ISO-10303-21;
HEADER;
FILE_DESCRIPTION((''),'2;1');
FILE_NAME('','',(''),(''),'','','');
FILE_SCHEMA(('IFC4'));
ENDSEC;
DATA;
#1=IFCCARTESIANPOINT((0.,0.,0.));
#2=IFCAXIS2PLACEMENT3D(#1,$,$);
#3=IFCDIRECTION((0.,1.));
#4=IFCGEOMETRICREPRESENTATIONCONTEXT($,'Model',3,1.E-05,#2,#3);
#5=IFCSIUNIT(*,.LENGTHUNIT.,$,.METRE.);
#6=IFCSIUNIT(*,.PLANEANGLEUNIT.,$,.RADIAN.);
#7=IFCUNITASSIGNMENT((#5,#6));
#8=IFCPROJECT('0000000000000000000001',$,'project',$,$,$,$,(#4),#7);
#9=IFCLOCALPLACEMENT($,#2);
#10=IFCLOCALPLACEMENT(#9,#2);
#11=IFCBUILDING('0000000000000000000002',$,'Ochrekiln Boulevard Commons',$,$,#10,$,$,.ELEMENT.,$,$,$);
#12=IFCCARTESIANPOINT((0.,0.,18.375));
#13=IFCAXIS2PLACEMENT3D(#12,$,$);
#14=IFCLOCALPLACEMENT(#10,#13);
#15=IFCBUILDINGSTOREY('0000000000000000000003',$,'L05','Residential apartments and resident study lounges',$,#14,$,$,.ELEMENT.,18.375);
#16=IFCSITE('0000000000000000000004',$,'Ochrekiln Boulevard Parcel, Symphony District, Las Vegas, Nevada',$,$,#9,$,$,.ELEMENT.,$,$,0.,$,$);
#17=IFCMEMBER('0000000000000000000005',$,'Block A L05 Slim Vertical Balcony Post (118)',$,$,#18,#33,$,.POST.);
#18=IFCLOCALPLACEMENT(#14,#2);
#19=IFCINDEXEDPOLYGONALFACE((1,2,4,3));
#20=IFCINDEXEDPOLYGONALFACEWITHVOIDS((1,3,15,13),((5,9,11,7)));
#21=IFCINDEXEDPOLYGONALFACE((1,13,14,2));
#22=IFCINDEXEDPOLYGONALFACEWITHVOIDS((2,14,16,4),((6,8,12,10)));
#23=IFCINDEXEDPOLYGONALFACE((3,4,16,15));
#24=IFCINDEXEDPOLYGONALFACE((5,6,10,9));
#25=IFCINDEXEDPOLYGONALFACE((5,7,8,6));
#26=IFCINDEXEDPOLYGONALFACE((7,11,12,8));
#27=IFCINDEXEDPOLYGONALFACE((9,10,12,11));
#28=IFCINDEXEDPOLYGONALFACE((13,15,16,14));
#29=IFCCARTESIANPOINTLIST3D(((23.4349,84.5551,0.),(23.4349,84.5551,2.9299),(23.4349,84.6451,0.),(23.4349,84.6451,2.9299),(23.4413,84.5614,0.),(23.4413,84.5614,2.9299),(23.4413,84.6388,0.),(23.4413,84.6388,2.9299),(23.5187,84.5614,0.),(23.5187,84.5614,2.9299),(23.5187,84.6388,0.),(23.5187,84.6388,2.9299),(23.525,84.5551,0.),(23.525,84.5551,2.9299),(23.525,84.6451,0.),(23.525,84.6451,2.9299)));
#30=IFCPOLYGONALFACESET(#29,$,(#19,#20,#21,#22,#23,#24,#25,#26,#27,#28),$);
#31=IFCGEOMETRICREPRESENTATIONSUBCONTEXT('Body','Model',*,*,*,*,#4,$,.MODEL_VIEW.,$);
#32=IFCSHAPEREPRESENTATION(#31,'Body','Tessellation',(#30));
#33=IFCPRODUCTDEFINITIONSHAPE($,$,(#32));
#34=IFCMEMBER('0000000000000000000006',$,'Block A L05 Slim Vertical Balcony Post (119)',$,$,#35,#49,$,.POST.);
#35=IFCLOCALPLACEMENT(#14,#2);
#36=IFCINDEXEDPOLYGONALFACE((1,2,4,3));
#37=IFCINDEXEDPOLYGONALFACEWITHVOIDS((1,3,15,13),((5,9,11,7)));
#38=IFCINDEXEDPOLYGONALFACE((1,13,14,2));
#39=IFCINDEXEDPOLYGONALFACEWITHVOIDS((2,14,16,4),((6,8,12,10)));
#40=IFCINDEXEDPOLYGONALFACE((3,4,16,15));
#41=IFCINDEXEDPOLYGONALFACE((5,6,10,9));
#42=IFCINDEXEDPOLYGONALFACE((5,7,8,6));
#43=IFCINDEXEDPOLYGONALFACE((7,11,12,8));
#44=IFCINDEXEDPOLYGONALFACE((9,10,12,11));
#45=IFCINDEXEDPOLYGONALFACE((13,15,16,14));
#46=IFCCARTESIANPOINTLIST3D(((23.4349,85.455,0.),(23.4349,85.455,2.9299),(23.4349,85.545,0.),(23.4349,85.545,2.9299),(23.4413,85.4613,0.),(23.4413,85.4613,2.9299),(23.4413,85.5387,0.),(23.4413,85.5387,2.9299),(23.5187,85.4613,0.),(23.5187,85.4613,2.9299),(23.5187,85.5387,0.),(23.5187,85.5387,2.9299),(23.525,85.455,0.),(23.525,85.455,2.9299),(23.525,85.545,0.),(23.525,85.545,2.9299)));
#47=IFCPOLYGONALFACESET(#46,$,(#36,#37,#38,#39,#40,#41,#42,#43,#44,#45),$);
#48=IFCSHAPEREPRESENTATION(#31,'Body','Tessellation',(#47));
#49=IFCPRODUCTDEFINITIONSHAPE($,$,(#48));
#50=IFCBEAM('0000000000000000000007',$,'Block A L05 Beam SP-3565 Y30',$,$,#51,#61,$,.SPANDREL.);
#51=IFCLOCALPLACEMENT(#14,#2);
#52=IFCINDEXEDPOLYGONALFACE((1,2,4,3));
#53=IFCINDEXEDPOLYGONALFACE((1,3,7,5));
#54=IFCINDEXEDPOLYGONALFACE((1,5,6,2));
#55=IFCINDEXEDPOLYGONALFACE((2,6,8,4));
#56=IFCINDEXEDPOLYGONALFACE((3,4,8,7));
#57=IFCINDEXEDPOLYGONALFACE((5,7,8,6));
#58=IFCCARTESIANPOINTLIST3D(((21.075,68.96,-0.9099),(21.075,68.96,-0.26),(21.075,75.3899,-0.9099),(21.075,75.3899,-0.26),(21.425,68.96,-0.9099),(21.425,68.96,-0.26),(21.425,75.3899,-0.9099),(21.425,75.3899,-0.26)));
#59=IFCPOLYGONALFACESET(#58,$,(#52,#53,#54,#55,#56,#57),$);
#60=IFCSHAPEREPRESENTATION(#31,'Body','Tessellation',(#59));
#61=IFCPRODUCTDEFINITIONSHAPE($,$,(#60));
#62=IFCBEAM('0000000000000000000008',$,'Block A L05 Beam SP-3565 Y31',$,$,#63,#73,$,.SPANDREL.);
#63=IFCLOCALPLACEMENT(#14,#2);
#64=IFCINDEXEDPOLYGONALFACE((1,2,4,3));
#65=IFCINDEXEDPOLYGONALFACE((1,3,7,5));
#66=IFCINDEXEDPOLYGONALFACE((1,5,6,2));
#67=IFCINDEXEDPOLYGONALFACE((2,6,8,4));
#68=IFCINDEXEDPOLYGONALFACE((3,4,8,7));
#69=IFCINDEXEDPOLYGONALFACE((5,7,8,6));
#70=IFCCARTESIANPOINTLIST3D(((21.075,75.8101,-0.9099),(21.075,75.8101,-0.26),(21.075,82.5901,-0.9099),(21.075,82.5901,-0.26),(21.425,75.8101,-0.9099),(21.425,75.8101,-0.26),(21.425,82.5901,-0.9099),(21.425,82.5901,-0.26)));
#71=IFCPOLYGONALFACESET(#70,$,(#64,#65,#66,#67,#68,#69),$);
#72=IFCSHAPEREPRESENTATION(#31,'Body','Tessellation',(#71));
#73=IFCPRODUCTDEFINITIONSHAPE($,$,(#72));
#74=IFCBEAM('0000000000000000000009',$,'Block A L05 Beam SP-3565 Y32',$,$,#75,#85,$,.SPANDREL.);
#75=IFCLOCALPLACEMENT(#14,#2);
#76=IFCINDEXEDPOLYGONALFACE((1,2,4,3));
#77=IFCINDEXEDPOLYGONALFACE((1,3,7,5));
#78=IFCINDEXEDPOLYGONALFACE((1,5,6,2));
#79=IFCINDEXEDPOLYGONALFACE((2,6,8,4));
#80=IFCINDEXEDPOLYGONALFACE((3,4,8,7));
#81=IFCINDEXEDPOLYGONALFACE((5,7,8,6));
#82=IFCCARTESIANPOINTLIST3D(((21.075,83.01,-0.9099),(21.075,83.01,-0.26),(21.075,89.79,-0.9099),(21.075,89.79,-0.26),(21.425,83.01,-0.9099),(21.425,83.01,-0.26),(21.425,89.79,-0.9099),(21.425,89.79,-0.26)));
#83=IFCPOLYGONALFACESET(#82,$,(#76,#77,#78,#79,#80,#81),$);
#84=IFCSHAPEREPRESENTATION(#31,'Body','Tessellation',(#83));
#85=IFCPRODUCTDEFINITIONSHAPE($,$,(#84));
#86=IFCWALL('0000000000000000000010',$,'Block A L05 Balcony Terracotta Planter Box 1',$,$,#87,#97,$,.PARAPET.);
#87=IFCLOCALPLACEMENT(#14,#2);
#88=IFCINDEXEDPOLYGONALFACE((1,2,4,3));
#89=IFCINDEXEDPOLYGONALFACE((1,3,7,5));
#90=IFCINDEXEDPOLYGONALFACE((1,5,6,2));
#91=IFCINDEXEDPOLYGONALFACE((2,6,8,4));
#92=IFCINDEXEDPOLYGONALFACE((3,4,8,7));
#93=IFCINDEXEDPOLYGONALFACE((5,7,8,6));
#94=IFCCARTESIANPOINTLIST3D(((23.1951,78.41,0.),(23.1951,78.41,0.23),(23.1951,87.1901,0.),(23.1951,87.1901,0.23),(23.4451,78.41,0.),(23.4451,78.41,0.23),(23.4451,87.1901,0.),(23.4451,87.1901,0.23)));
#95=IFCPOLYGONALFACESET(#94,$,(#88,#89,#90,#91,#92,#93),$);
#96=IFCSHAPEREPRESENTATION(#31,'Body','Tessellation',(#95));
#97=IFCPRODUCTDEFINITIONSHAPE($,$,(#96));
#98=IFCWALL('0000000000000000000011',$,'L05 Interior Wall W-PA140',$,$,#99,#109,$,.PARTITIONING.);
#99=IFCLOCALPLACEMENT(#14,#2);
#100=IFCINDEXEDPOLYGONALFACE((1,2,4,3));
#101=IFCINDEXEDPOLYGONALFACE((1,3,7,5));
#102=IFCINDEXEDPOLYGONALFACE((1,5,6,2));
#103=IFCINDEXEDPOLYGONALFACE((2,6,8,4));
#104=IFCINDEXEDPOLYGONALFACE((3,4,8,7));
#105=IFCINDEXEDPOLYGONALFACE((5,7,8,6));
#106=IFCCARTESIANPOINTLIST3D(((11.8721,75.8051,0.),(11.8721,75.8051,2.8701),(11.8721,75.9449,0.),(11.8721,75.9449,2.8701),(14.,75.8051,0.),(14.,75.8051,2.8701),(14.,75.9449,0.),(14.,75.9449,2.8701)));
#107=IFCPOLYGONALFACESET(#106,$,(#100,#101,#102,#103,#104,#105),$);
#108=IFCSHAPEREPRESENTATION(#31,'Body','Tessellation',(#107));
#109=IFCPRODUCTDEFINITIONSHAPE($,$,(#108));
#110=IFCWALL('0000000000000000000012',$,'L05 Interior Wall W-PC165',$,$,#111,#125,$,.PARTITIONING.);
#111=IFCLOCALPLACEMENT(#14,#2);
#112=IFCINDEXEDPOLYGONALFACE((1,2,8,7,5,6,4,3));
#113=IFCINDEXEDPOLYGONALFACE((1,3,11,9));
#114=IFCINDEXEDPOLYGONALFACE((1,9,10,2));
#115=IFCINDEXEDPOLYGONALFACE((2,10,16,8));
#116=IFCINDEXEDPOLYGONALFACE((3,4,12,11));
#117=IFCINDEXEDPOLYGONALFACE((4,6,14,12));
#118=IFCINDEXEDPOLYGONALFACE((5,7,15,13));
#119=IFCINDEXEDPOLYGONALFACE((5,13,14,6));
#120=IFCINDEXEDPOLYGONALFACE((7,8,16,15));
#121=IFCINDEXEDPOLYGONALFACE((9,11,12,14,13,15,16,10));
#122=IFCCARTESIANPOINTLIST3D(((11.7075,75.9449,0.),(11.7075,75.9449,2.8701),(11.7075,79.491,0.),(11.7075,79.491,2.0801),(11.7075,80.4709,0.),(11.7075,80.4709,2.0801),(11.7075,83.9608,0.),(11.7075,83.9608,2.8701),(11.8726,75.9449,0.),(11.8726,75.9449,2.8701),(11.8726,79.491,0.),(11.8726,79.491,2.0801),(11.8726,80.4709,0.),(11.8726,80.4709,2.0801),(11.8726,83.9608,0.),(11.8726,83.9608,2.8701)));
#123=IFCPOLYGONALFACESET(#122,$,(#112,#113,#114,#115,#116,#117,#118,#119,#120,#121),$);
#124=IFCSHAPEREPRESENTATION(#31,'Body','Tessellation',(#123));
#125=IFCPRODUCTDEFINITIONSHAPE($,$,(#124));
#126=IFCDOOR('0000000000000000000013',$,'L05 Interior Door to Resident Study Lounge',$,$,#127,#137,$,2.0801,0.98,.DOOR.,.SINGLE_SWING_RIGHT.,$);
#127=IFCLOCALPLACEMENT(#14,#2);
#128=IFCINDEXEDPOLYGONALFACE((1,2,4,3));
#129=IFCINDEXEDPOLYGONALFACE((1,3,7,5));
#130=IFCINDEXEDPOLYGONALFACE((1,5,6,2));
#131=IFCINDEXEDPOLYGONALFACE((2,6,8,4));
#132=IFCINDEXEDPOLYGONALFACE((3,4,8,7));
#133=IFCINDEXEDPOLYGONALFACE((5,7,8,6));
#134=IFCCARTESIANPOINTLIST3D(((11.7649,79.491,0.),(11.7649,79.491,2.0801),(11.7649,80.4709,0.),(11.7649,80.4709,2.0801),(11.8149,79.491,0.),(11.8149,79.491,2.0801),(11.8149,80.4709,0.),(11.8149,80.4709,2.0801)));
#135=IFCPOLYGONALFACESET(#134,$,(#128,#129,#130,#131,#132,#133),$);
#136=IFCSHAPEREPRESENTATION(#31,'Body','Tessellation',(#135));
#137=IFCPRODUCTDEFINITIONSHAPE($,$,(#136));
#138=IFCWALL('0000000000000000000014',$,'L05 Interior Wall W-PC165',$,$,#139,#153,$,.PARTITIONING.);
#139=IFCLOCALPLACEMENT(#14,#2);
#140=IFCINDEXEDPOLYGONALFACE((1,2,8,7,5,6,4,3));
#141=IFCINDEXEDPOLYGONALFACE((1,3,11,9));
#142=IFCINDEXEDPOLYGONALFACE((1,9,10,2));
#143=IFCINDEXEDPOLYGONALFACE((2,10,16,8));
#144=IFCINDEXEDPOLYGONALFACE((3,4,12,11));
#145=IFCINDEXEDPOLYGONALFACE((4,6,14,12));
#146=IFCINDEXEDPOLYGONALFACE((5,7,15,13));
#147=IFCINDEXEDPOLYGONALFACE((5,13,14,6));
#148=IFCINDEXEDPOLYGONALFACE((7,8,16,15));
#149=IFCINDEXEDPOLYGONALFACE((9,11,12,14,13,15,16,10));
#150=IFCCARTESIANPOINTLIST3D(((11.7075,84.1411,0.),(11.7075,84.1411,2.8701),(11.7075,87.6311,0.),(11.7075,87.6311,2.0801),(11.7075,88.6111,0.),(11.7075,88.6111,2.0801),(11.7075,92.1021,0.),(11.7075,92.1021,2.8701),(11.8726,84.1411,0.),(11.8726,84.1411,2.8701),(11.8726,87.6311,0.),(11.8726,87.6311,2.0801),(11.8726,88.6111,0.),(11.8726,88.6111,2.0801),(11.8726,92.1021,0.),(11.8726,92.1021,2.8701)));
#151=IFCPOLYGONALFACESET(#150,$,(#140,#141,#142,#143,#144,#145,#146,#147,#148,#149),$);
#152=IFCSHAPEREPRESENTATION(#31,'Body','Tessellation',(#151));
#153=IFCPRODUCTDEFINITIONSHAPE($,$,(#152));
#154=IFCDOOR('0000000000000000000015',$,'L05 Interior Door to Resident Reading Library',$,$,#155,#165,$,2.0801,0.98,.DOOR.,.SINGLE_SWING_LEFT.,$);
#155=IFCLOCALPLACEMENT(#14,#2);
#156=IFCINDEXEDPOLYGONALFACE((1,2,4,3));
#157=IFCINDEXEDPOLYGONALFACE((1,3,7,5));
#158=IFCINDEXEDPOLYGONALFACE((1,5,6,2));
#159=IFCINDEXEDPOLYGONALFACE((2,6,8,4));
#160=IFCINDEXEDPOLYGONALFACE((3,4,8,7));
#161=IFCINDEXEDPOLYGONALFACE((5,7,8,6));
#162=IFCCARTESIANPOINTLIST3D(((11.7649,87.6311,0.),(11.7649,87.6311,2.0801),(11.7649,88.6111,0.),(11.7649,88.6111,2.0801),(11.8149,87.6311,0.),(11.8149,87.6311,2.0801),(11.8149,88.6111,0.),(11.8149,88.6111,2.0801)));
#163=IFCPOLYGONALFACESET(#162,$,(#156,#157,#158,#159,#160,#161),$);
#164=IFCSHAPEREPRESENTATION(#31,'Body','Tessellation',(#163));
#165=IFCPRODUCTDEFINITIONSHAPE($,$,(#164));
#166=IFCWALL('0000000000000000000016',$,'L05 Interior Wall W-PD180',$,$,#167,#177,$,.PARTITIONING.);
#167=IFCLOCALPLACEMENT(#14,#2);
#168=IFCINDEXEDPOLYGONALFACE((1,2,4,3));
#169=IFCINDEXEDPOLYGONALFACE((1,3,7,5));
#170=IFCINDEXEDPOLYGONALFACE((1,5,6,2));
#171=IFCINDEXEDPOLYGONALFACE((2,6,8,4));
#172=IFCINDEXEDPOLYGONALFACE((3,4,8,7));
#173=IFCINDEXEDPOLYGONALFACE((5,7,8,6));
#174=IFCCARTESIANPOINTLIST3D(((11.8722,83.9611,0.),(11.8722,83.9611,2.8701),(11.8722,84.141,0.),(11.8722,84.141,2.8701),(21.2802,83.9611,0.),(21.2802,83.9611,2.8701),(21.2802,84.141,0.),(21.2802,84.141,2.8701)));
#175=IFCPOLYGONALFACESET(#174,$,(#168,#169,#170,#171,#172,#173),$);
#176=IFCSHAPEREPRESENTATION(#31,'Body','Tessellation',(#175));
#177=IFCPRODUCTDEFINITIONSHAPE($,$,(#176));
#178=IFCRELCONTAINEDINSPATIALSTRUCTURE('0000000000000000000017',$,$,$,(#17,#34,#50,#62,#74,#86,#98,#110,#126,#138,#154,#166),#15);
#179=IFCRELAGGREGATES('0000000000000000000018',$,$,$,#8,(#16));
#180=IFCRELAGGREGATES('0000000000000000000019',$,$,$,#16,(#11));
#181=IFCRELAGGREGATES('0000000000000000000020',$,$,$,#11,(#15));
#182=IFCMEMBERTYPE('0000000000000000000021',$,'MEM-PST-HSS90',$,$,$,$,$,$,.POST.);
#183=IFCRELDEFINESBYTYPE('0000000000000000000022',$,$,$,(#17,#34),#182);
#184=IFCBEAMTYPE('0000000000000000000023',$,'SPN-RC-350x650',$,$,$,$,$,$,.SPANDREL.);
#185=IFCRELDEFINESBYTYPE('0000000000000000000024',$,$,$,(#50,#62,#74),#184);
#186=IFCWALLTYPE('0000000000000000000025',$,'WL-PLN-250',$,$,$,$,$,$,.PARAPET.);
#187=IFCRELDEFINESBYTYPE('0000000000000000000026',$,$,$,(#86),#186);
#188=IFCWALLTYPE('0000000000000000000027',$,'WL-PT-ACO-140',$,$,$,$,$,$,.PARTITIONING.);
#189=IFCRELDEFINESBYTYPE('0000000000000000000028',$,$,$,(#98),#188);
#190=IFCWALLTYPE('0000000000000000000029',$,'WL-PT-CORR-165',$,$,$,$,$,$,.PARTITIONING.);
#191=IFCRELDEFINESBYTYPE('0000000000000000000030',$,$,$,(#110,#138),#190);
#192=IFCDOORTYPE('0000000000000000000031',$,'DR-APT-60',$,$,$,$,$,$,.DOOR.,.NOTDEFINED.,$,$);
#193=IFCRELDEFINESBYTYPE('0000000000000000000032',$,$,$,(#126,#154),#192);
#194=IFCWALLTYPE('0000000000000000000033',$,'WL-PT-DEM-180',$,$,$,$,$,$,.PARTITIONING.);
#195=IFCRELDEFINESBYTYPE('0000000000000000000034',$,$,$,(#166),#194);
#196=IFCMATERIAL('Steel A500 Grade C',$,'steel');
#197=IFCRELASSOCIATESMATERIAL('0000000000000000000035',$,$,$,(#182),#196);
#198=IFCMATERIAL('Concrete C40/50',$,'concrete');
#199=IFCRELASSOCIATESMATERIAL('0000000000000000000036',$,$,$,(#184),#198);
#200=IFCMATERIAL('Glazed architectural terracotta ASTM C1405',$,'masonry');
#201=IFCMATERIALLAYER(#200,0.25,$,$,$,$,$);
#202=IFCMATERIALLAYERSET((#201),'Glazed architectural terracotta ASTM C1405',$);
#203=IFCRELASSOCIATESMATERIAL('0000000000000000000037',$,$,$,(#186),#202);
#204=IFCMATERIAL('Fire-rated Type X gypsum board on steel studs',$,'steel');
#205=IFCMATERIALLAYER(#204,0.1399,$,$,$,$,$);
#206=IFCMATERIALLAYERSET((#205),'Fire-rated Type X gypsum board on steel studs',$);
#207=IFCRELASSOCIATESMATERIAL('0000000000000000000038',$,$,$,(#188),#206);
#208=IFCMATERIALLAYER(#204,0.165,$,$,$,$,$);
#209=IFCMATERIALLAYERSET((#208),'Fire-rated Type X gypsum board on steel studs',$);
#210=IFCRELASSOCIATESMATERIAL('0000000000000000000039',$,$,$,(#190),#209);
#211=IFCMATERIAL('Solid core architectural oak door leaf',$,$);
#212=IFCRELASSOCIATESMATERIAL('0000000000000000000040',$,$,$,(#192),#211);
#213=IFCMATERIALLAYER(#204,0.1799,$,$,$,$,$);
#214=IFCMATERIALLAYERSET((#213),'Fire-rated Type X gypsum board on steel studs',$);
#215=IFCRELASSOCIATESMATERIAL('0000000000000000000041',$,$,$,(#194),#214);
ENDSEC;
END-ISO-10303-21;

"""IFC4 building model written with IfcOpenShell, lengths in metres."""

from ifc_helpers import new_model, si_unit, direction, frame, frame_2d, origin, origin_2d, place, context, subcontext, project, spatial, rectangle, hollow_rectangle, extrude, material, layer, layer_set, material_profile, profile_set, type_object, element, fill, save


model = new_model("IFC4")

# Units and contexts
model_context = context("Model", 3, precision=1e-05, world=origin(), true_north=direction((0.0, 1.0)))
body_context = subcontext(model_context, "Body", "Model", "MODEL_VIEW")
ifc_project = project(units=[si_unit("LENGTHUNIT", "METRE"), si_unit("PLANEANGLEUNIT", "RADIAN")], contexts=[model_context])

# Site, building, storey
site_placement = place(None, origin())
site = spatial("IfcSite", under=ifc_project, at=site_placement, Name="Ochrekiln Boulevard Parcel, Symphony District, Las Vegas, Nevada", CompositionType="ELEMENT", RefElevation=0.0)
building_placement = place(site_placement, origin())
building = spatial("IfcBuilding", under=site, at=building_placement, Name="Ochrekiln Boulevard Commons", CompositionType="ELEMENT")
storey_placement = place(building_placement, frame((0.0, 0.0, 18.375)))
storey = spatial("IfcBuildingStorey", under=building, at=storey_placement, Name="L05", Description="Residential apartments and resident study lounges", CompositionType="ELEMENT", Elevation=18.375)

# Shared definitions
ifc_material_1 = material(Name="Concrete C40/50", Category="concrete")

# Members
ifc_material_2 = material(Name="Steel A500 Grade C", Category="steel")
ifc_material_profile_1 = material_profile(ifc_material_2, hollow_rectangle(XDim=0.0901, YDim=0.0901, WallThickness=0.0063, at=origin_2d()), Name="HSS90X90X6.4")
ifc_profile_set_1 = profile_set([ifc_material_profile_1], Name="Steel A500 Grade C")
member_type = type_object("IfcMemberType", Name="MEM-PST-HSS90", PredefinedType="POST", material=ifc_profile_set_1)
for number, where, z_axis, x_axis, name in (
    (1, (23.48, 84.6001, 0.0), (0.0, 0.0, 1.0), (1.0, 0.0, 0.0), "Block A L05 Slim Vertical Balcony Post (118)"),
    (2, (23.48, 85.5, 0.0), (0.0, 0.0, 1.0), (1.0, 0.0, 0.0), "Block A L05 Slim Vertical Balcony Post (119)"),
):
    element("IfcMember", number, at=place(storey_placement, frame(where, z_axis=z_axis, x_axis=x_axis)), inside=storey, type_object=member_type, Name=name, PredefinedType="POST", context=body_context, shape_type="SweptSolid", body=[
        extrude(hollow_rectangle(XDim=0.0901, YDim=0.0901, WallThickness=0.0063, at=origin_2d()), origin(), (0.0, 0.0, 1.0), 2.9299),
    ])

# Beams
ifc_material_profile_2 = material_profile(ifc_material_1, rectangle(XDim=0.3501, YDim=0.6499, at=origin_2d()), Name="RC-SPN-350x650")
ifc_profile_set_2 = profile_set([ifc_material_profile_2], Name="Concrete C40/50")
beam_type_1 = type_object("IfcBeamType", Name="SPN-RC-350x650", PredefinedType="SPANDREL", material=ifc_profile_set_2)
beam_placement = place(storey_placement, frame((21.25, 68.96, -0.585), z_axis=(0.0, 1.0, 0.0), x_axis=(-1.0, 0.0, 0.0)))
element("IfcBeam", 3, at=beam_placement, inside=storey, type_object=beam_type_1, Name="Block A L05 Beam SP-3565 Y30", PredefinedType="SPANDREL", context=body_context, shape_type="SweptSolid", body=[
    extrude(rectangle(XDim=0.3501, YDim=0.6499, at=origin_2d()), origin(), (0.0, 0.0, 1.0), 6.4299),
])
for number, where, z_axis, x_axis, name in (
    (4, (21.25, 75.8101, -0.585), (0.0, 1.0, 0.0), (-1.0, 0.0, 0.0), "Block A L05 Beam SP-3565 Y31"),
    (5, (21.25, 83.01, -0.585), (0.0, 1.0, 0.0), (-1.0, 0.0, 0.0), "Block A L05 Beam SP-3565 Y32"),
):
    element("IfcBeam", number, at=place(storey_placement, frame(where, z_axis=z_axis, x_axis=x_axis)), inside=storey, type_object=beam_type_1, Name=name, PredefinedType="SPANDREL", context=body_context, shape_type="SweptSolid", body=[
        extrude(rectangle(XDim=0.3501, YDim=0.6499, at=origin_2d()), origin(), (0.0, 0.0, 1.0), 6.78),
    ])

# Walls
ifc_material_3 = material(Name="Glazed architectural terracotta ASTM C1405", Category="masonry")
ifc_layer_1 = layer(ifc_material_3, 0.25)
ifc_layer_set_1 = layer_set([ifc_layer_1], Name="Glazed architectural terracotta ASTM C1405")
wall_type_1 = type_object("IfcWallType", Name="WL-PLN-250", PredefinedType="PARAPET", material=ifc_layer_set_1)
wall_1_placement = place(storey_placement, frame((23.3201, 78.4099, 0.0), z_axis=(0.0, 0.0, 1.0), x_axis=(0.0, 1.0, 0.0)))
element("IfcWall", 6, at=wall_1_placement, inside=storey, type_object=wall_type_1, Name="Block A L05 Balcony Terracotta Planter Box 1", PredefinedType="PARAPET", context=body_context, shape_type="SweptSolid", body=[
    extrude(rectangle(XDim=8.78, YDim=0.25, at=frame_2d((4.3901, 0.0))), origin(), (0.0, 0.0, 1.0), 0.23),
])
ifc_material_4 = material(Name="Fire-rated Type X gypsum board on steel studs", Category="steel")
ifc_layer_2 = layer(ifc_material_4, 0.1399)
ifc_layer_set_2 = layer_set([ifc_layer_2], Name="Fire-rated Type X gypsum board on steel studs")
wall_type_2 = type_object("IfcWallType", Name="WL-PT-ACO-140", PredefinedType="PARTITIONING", material=ifc_layer_set_2)
wall_2_placement = place(storey_placement, frame((11.8721, 75.875, 0.0), z_axis=(0.0, 0.0, 1.0), x_axis=(1.0, 0.0, 0.0)))
element("IfcWall", 7, at=wall_2_placement, inside=storey, type_object=wall_type_2, Name="L05 Interior Wall W-PA140", PredefinedType="PARTITIONING", context=body_context, shape_type="SweptSolid", body=[
    extrude(rectangle(XDim=2.1279, YDim=0.1399, at=frame_2d((1.064, 0.0))), origin(), (0.0, 0.0, 1.0), 2.8701),
])

# Walls, openings, doors
ifc_layer_3 = layer(ifc_material_4, 0.165)
ifc_layer_set_3 = layer_set([ifc_layer_3], Name="Fire-rated Type X gypsum board on steel studs")
wall_type_3 = type_object("IfcWallType", Name="WL-PT-CORR-165", PredefinedType="PARTITIONING", material=ifc_layer_set_3)
wall_3_placement = place(storey_placement, frame((11.79, 75.9451, 0.0), z_axis=(0.0, 0.0, 1.0), x_axis=(0.0, 1.0, 0.0)))
wall_3 = element("IfcWall", 8, at=wall_3_placement, inside=storey, type_object=wall_type_3, Name="L05 Interior Wall W-PC165", PredefinedType="PARTITIONING", context=body_context, shape_type="SweptSolid", body=[
    extrude(rectangle(XDim=8.0159, YDim=0.165, at=frame_2d((4.0078, 0.0))), origin(), (0.0, 0.0, 1.0), 2.8701),
])
opening_1_placement = place(wall_3_placement, frame((3.5459, 0.0, 0.0)))
opening_1 = element("IfcOpeningElement", 9, at=opening_1_placement, cuts=wall_3, PredefinedType="OPENING", context=body_context, shape_type="SweptSolid", body=[
    extrude(rectangle(XDim=0.98, YDim=2.0801, at=frame_2d((0.49, 1.04))), frame((0.0, 0.0925, 0.0), z_axis=(0.0, -1.0, 0.0), x_axis=(1.0, 0.0, 0.0)), (0.0, 0.0, 1.0), 0.1851),
])
ifc_material_5 = material(Name="Solid core architectural oak door leaf")
door_type_1 = type_object("IfcDoorType", Name="DR-APT-60", OperationType="NOTDEFINED", PredefinedType="DOOR", material=ifc_material_5)
door_1_placement = place(opening_1_placement, frame((0.98, 0.0, 0.0), z_axis=(0.0, 0.0, 1.0), x_axis=(-1.0, 0.0, 0.0)))
door_1 = element("IfcDoor", 10, at=door_1_placement, inside=storey, type_object=door_type_1, Name="L05 Interior Door to Resident Study Lounge", OperationType="SINGLE_SWING_RIGHT", OverallHeight=2.0801, OverallWidth=0.98, PredefinedType="DOOR", context=body_context, shape_type="SweptSolid", body=[
    extrude(rectangle(XDim=0.98, YDim=2.0801, at=frame_2d((0.49, 1.04))), frame((0.0, 0.0249, 0.0), z_axis=(0.0, -1.0, 0.0), x_axis=(1.0, 0.0, 0.0)), (0.0, 0.0, 1.0), 0.05),
])
fill(opening_1, door_1)
wall_4_placement = place(storey_placement, frame((11.79, 84.1411, 0.0), z_axis=(0.0, 0.0, 1.0), x_axis=(0.0, 1.0, 0.0)))
wall_4 = element("IfcWall", 11, at=wall_4_placement, inside=storey, type_object=wall_type_3, Name="L05 Interior Wall W-PC165", PredefinedType="PARTITIONING", context=body_context, shape_type="SweptSolid", body=[
    extrude(rectangle(XDim=7.9609, YDim=0.165, at=frame_2d((3.9805, 0.0))), origin(), (0.0, 0.0, 1.0), 2.8701),
])
opening_2_placement = place(wall_4_placement, frame((3.49, 0.0, 0.0)))
opening_2 = element("IfcOpeningElement", 12, at=opening_2_placement, cuts=wall_4, PredefinedType="OPENING", context=body_context, shape_type="SweptSolid", body=[
    extrude(rectangle(XDim=0.98, YDim=2.0801, at=frame_2d((0.49, 1.04))), frame((0.0, 0.0925, 0.0), z_axis=(0.0, -1.0, 0.0), x_axis=(1.0, 0.0, 0.0)), (0.0, 0.0, 1.0), 0.1851),
])
door_2_placement = place(opening_2_placement, frame((0.98, 0.0, 0.0), z_axis=(0.0, 0.0, 1.0), x_axis=(-1.0, 0.0, 0.0)))
door_2 = element("IfcDoor", 13, at=door_2_placement, inside=storey, type_object=door_type_1, Name="L05 Interior Door to Resident Reading Library", OperationType="SINGLE_SWING_LEFT", OverallHeight=2.0801, OverallWidth=0.98, PredefinedType="DOOR", context=body_context, shape_type="SweptSolid", body=[
    extrude(rectangle(XDim=0.98, YDim=2.0801, at=frame_2d((0.49, 1.04))), frame((0.0, 0.0249, 0.0), z_axis=(0.0, -1.0, 0.0), x_axis=(1.0, 0.0, 0.0)), (0.0, 0.0, 1.0), 0.05),
])
fill(opening_2, door_2)

# Wall
ifc_layer_4 = layer(ifc_material_4, 0.1799)
ifc_layer_set_4 = layer_set([ifc_layer_4], Name="Fire-rated Type X gypsum board on steel studs")
wall_type_4 = type_object("IfcWallType", Name="WL-PT-DEM-180", PredefinedType="PARTITIONING", material=ifc_layer_set_4)
wall_5_placement = place(storey_placement, frame((11.8721, 84.051, 0.0), z_axis=(0.0, 0.0, 1.0), x_axis=(1.0, 0.0, 0.0)))
element("IfcWall", 14, at=wall_5_placement, inside=storey, type_object=wall_type_4, Name="L05 Interior Wall W-PD180", PredefinedType="PARTITIONING", context=body_context, shape_type="SweptSolid", body=[
    extrude(rectangle(XDim=9.408, YDim=0.1799, at=frame_2d((4.7041, 0.0))), origin(), (0.0, 0.0, 1.0), 2.8701),
])

save(model, "model.ifc")
